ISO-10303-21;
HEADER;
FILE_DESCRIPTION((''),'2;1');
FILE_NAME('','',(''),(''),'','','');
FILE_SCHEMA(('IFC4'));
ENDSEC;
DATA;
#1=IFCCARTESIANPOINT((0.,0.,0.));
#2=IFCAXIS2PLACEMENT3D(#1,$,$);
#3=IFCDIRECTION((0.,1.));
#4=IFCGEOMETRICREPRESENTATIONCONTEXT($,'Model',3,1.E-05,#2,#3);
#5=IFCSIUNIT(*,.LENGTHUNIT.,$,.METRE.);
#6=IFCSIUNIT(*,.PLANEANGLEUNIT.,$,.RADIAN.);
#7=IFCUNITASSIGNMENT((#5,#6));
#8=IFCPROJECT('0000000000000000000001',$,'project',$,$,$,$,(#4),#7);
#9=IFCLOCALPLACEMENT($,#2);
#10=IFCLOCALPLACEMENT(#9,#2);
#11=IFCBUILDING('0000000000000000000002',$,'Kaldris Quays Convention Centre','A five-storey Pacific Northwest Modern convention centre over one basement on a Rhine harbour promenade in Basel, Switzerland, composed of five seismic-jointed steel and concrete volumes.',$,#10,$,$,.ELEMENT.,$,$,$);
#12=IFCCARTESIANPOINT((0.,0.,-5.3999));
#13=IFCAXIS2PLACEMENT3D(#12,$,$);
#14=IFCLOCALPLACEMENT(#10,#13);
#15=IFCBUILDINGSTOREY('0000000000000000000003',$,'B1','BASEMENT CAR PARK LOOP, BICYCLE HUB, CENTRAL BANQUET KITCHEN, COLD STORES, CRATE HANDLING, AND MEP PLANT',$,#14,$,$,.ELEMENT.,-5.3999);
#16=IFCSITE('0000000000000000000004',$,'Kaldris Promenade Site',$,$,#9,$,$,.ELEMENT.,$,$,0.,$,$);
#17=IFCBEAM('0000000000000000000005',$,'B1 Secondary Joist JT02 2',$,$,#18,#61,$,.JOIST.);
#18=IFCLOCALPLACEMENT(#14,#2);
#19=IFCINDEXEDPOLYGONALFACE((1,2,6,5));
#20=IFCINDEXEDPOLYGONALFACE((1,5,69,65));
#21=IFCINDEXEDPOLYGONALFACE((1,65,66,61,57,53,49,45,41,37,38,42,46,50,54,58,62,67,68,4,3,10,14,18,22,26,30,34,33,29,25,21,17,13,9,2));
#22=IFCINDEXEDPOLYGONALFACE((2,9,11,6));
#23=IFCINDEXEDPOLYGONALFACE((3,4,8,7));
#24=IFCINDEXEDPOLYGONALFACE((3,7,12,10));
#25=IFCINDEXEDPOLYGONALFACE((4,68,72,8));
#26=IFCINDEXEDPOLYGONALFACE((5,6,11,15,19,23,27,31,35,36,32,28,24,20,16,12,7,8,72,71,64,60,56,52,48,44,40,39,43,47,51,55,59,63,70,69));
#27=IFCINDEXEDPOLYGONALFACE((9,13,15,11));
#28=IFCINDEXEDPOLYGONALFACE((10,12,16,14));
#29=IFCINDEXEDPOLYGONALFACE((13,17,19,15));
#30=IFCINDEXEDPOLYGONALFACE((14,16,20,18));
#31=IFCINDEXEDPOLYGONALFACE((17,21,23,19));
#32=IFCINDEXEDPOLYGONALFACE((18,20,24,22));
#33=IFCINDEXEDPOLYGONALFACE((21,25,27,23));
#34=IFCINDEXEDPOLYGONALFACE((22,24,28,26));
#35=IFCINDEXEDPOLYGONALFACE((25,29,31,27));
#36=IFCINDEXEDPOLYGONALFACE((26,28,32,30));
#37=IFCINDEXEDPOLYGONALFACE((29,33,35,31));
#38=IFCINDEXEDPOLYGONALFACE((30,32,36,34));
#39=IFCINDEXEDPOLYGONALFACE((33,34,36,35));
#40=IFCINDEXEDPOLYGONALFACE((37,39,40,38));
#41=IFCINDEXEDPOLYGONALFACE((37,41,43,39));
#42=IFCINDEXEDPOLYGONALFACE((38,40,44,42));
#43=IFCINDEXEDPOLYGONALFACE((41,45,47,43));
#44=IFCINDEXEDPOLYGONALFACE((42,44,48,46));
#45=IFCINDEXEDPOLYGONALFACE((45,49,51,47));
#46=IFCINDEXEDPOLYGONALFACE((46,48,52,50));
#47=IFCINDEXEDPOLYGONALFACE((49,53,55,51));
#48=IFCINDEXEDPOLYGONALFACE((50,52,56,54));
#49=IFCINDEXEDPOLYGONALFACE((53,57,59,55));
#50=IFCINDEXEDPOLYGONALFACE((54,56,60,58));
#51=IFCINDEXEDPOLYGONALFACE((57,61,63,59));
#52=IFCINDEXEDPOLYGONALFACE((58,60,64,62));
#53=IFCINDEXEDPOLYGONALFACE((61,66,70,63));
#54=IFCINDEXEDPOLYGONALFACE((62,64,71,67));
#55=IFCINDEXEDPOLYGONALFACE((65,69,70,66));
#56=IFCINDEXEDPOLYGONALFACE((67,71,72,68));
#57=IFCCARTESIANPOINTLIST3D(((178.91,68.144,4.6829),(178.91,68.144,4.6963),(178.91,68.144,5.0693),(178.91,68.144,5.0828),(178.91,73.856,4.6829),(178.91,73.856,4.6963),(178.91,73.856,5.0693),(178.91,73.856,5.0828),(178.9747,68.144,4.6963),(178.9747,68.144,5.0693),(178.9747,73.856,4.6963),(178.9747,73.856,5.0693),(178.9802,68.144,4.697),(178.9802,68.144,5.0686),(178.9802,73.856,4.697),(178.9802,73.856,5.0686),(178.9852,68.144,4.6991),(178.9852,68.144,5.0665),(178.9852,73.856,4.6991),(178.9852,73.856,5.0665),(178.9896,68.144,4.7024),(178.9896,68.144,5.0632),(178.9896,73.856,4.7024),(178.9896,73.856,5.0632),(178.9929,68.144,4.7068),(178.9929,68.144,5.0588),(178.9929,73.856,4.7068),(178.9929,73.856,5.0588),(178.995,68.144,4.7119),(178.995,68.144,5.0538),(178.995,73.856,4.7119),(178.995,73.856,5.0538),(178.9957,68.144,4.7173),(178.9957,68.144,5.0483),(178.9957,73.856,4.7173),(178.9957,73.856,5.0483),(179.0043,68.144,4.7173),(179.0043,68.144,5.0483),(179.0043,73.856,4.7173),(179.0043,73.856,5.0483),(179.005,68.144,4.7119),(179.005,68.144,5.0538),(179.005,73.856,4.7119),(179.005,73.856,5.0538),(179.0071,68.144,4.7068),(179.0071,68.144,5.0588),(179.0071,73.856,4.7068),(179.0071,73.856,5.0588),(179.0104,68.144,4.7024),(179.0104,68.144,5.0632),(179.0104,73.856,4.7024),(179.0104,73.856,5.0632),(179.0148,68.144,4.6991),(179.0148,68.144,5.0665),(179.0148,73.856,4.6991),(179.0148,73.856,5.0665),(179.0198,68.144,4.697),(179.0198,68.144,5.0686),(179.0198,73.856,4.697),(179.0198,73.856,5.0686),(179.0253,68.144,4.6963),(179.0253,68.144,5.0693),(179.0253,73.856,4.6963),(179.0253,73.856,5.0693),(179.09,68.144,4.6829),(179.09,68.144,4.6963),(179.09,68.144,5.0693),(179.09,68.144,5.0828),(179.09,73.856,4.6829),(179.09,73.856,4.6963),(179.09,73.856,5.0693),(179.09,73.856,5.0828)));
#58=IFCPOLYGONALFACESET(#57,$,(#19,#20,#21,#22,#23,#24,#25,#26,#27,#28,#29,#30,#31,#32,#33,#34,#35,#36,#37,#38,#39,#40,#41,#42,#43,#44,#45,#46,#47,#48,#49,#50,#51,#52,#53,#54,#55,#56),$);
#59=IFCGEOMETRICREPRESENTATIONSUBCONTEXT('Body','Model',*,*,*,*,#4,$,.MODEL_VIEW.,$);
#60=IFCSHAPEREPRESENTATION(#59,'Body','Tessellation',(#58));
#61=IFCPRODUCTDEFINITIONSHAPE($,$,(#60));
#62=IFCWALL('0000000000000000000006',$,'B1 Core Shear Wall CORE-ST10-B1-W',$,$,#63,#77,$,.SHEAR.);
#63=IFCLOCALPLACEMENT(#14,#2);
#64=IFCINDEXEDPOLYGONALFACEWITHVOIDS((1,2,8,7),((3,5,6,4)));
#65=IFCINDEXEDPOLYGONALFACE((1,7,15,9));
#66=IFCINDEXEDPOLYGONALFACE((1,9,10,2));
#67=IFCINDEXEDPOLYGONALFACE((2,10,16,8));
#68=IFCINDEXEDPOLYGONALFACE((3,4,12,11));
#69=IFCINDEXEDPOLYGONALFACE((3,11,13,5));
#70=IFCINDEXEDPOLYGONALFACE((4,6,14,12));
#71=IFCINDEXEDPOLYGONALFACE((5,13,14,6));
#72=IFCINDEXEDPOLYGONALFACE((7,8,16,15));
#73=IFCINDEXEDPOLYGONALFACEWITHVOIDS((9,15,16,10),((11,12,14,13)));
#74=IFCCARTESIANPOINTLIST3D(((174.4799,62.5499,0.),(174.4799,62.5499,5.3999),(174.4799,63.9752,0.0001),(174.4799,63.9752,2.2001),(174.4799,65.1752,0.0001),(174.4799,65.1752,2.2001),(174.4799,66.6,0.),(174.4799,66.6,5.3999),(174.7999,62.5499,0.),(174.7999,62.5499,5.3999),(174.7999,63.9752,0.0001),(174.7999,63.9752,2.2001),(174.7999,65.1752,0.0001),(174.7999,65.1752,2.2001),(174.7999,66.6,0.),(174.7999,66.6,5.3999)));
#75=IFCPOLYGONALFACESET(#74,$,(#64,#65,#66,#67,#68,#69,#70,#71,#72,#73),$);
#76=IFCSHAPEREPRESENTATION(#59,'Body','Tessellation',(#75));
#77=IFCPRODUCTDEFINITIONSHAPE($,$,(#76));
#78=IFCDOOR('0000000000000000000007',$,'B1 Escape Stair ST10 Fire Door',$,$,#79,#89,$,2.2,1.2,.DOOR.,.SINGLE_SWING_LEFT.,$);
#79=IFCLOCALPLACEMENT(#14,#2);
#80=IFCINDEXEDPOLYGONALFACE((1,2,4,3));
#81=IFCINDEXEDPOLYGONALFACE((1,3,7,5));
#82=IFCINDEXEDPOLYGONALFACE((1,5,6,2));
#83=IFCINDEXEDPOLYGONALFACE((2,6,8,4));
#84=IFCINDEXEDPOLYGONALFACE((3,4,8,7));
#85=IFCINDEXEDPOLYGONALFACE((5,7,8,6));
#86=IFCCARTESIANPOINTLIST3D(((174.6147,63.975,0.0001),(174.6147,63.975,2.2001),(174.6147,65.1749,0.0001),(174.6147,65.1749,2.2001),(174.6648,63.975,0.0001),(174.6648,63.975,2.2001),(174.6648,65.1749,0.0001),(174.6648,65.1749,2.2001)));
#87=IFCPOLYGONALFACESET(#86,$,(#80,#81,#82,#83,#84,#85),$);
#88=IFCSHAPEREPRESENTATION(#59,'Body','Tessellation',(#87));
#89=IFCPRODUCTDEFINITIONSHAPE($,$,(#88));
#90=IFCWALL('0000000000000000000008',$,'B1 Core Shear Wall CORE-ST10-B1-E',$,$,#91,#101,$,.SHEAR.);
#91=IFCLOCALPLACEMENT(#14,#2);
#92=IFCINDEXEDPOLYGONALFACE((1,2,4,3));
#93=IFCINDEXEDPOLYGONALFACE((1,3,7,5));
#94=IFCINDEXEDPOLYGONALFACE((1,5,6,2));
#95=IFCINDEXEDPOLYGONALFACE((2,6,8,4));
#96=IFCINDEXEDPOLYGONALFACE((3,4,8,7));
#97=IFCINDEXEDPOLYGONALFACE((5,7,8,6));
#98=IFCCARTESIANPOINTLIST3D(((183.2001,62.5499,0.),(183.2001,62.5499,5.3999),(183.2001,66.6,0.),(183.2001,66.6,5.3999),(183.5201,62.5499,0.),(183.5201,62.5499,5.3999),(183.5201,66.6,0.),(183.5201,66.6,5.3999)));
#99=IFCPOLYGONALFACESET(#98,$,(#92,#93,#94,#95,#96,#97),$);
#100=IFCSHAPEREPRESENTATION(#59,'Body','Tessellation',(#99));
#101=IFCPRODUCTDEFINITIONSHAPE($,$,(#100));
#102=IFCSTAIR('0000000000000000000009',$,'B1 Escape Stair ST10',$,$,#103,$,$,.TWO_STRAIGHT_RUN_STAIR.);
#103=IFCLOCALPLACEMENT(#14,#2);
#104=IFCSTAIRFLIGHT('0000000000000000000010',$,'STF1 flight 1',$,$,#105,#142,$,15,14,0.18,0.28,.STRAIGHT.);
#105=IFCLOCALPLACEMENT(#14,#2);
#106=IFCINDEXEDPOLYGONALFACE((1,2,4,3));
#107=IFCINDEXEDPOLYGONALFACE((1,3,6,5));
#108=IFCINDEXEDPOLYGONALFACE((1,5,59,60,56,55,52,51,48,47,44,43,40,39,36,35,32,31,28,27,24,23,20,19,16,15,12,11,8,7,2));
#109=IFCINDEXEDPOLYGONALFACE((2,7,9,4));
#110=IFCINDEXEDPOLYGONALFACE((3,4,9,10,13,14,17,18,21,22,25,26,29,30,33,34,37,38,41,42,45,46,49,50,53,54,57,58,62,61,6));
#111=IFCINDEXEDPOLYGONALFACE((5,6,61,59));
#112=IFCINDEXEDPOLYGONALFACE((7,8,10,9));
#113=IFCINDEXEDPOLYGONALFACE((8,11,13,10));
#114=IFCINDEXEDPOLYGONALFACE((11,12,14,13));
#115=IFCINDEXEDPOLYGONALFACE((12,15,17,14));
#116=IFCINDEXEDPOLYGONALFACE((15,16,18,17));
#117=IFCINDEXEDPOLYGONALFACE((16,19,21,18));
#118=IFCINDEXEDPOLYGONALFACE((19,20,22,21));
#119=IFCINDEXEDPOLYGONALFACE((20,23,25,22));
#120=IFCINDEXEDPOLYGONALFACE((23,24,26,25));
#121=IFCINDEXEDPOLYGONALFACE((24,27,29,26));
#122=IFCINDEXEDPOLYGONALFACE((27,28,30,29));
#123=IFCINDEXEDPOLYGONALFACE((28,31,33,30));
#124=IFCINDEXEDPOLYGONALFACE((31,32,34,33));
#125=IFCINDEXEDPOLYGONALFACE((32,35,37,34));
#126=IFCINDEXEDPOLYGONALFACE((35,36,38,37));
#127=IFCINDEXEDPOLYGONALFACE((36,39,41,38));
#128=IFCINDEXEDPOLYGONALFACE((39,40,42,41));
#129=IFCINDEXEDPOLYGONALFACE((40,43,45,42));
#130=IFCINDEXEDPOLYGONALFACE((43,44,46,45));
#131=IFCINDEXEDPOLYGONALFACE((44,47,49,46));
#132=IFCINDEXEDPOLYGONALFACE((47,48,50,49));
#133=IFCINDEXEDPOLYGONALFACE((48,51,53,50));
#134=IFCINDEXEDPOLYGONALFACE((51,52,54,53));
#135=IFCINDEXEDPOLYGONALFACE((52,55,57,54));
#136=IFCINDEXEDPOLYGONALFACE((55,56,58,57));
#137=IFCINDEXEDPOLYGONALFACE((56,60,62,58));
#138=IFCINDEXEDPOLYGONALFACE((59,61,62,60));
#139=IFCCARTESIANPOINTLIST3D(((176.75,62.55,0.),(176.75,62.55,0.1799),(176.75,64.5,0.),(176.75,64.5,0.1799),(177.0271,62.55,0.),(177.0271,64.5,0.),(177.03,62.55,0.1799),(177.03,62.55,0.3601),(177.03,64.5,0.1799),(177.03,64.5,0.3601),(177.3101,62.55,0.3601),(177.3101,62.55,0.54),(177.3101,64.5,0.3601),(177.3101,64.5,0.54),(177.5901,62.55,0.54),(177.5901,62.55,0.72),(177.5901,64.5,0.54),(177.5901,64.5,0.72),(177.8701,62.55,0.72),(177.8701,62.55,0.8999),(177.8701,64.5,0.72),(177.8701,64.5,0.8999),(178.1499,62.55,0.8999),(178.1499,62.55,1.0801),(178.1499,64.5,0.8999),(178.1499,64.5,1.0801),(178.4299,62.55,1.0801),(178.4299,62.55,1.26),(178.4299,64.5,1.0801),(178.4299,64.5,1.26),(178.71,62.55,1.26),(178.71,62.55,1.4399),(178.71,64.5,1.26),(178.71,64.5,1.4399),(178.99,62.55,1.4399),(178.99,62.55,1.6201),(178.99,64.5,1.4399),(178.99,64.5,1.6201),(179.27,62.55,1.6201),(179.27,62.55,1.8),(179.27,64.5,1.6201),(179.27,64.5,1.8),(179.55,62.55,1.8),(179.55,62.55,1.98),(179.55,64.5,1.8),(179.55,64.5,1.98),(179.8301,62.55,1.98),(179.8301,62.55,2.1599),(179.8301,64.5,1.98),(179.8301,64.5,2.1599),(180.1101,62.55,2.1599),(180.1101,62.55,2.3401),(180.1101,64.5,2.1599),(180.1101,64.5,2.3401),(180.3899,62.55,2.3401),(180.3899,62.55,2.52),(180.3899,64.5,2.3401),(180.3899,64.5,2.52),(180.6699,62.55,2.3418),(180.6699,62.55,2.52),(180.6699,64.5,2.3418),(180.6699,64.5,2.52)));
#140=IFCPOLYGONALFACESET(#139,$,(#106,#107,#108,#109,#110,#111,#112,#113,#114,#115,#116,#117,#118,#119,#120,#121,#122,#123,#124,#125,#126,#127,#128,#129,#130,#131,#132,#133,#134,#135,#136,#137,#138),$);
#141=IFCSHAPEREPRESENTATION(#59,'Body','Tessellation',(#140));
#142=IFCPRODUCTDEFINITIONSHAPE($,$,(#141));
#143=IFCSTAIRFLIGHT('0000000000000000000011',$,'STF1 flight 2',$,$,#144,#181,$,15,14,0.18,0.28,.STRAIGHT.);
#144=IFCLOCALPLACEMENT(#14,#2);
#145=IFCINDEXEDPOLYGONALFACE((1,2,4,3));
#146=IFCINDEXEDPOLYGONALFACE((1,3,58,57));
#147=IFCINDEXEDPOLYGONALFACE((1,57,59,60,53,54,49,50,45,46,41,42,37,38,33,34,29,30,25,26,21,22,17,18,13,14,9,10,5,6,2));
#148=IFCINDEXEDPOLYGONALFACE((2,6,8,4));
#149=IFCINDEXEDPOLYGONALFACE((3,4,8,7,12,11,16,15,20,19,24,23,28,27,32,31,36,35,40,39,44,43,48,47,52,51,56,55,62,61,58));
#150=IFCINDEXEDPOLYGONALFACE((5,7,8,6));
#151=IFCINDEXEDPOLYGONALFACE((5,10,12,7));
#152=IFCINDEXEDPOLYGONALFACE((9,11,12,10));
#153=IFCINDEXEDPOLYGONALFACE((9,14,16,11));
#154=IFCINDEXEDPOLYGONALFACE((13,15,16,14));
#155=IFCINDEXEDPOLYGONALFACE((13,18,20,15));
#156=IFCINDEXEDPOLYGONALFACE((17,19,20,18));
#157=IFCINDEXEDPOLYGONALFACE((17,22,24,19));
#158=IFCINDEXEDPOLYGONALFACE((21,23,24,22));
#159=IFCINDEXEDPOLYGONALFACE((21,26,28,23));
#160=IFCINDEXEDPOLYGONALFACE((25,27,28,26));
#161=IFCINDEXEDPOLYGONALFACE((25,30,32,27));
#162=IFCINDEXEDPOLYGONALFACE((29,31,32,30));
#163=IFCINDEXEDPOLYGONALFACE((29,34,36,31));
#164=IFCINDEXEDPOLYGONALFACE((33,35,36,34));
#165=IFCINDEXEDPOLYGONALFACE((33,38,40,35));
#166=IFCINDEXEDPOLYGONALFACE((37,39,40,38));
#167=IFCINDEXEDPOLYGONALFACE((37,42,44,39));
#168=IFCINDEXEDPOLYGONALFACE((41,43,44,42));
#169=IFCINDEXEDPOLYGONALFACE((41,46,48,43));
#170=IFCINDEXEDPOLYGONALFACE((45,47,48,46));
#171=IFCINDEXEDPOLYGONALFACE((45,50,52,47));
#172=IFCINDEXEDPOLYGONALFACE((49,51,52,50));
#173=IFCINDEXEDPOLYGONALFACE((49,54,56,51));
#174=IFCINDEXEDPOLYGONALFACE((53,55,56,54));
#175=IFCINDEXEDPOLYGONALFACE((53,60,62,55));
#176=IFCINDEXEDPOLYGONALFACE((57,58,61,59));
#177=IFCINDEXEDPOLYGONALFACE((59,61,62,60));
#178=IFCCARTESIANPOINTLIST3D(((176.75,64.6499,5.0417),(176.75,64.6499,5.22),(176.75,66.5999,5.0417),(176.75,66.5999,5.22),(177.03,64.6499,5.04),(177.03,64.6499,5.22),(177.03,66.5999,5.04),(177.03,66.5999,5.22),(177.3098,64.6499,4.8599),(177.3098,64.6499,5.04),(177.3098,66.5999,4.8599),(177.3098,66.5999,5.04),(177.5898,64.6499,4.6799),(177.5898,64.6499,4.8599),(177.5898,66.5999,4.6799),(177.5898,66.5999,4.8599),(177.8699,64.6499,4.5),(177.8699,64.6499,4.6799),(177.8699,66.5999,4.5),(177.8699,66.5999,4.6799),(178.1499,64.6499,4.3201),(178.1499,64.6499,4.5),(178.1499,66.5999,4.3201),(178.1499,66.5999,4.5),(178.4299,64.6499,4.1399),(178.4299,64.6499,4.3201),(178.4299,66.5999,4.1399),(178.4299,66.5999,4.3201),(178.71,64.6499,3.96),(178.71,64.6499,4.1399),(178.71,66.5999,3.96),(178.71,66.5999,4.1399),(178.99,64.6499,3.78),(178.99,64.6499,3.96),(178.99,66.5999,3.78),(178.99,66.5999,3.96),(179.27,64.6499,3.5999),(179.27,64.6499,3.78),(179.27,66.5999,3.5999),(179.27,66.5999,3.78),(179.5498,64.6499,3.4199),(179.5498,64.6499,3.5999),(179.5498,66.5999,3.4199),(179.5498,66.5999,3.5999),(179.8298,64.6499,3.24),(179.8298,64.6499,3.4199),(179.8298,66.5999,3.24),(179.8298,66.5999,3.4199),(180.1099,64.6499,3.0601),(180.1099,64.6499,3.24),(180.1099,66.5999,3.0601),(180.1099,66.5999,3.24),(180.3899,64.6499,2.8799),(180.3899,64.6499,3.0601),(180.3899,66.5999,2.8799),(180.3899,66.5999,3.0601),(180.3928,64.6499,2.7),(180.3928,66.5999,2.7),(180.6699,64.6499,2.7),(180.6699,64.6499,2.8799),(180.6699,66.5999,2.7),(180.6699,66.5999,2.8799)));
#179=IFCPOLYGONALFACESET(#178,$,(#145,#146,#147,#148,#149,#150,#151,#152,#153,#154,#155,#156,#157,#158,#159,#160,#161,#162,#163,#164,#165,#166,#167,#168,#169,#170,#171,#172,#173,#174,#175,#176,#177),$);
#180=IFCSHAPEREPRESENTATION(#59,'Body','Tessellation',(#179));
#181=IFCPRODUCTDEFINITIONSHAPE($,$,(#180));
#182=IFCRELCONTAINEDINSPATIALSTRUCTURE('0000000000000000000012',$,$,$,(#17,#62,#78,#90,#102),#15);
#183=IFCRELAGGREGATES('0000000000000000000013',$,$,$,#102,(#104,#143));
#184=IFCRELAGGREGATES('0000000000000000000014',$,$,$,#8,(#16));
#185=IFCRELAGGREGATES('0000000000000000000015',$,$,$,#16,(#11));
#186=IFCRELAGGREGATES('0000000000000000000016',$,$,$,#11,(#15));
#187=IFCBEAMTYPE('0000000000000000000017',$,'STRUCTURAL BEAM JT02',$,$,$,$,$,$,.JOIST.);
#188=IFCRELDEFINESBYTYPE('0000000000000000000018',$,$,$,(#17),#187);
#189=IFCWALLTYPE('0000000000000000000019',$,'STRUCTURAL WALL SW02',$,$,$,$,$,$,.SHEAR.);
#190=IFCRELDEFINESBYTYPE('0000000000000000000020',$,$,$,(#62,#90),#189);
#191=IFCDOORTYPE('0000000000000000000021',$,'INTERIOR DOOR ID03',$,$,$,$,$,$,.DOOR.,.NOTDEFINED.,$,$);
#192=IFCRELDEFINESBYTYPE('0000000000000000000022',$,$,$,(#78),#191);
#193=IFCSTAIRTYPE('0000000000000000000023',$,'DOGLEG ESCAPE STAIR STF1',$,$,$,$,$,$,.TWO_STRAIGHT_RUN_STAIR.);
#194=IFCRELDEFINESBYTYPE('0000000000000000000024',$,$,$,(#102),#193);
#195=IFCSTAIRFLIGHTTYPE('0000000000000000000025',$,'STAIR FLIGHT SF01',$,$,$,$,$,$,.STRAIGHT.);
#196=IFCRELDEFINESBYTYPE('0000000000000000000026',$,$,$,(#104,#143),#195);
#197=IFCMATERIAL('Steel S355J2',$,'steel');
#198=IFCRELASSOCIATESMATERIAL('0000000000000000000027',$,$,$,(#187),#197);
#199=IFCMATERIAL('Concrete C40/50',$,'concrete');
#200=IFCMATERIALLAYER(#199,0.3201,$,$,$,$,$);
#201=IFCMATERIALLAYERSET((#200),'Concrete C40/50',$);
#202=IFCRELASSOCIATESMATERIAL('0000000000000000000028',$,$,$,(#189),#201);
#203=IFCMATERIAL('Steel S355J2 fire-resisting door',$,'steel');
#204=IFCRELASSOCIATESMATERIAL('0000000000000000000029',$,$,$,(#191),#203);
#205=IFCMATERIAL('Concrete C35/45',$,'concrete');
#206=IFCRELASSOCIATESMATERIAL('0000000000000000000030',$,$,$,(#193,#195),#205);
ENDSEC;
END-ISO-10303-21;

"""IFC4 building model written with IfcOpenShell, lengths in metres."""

from ifc_helpers import new_model, si_unit, direction, frame, frame_2d, origin, origin_2d, place, context, subcontext, project, spatial, polyline, rectangle, i_section, outline, extrude, material, layer, layer_set, material_profile, profile_set, type_object, element, fill, aggregate, save


model = new_model("IFC4")

# Units and contexts
model_context = context("Model", 3, precision=1e-05, world=origin(), true_north=direction((0.0, 1.0)))
body_context = subcontext(model_context, "Body", "Model", "MODEL_VIEW")
ifc_project = project(units=[si_unit("LENGTHUNIT", "METRE"), si_unit("PLANEANGLEUNIT", "RADIAN")], contexts=[model_context])

# Site, building, storey
site_placement = place(None, origin())
site = spatial("IfcSite", under=ifc_project, at=site_placement, Name="Kaldris Promenade Site", CompositionType="ELEMENT", RefElevation=0.0)
building_placement = place(site_placement, origin())
building = spatial("IfcBuilding", under=site, at=building_placement, Name="Kaldris Quays Convention Centre", Description="A five-storey Pacific Northwest Modern convention centre over one basement on a Rhine harbour promenade in Basel, Switzerland, composed of five seismic-jointed steel and concrete volumes.", CompositionType="ELEMENT")
storey_placement = place(building_placement, frame((0.0, 0.0, -5.3999)))
storey = spatial("IfcBuildingStorey", under=building, at=storey_placement, Name="B1", Description="BASEMENT CAR PARK LOOP, BICYCLE HUB, CENTRAL BANQUET KITCHEN, COLD STORES, CRATE HANDLING, AND MEP PLANT", CompositionType="ELEMENT", Elevation=-5.3999)

# Shared definitions
ifc_material_1 = material(Name="Concrete C35/45", Category="concrete")

# Shared definitions
ifc_material_2 = material(Name="Steel S355J2", Category="steel")

# Beam
ifc_material_profile_1 = material_profile(ifc_material_2, i_section(OverallWidth=0.1799, OverallDepth=0.3999, WebThickness=0.0085, FlangeThickness=0.0134, FilletRadius=0.021, at=origin_2d()), Name="IPE 400")
ifc_profile_set_1 = profile_set([ifc_material_profile_1], Name="Steel S355J2")
beam_type_1 = type_object("IfcBeamType", Name="STRUCTURAL BEAM JT02", PredefinedType="JOIST", material=ifc_profile_set_1)
beam_1_placement = place(storey_placement, frame((179.0, 68.144, 4.8828), z_axis=(0.0, 1.0, 0.0), x_axis=(-1.0, 0.0, 0.0)))
element("IfcBeam", 1, at=beam_1_placement, inside=storey, type_object=beam_type_1, Name="B1 Secondary Joist JT02 2", PredefinedType="JOIST", context=body_context, shape_type="SweptSolid", body=[
    extrude(i_section(OverallWidth=0.1799, OverallDepth=0.3999, WebThickness=0.0085, FlangeThickness=0.0134, FilletRadius=0.021, at=origin_2d()), origin(), (0.0, 0.0, 1.0), 5.7119),
])

# Wall, opening, door
ifc_material_3 = material(Name="Concrete C40/50", Category="concrete")
ifc_layer = layer(ifc_material_3, 0.3201)
ifc_layer_set = layer_set([ifc_layer], Name="Concrete C40/50")
wall_type = type_object("IfcWallType", Name="STRUCTURAL WALL SW02", PredefinedType="SHEAR", material=ifc_layer_set)
wall_1_placement = place(storey_placement, frame((174.6399, 62.55, 0.0), z_axis=(0.0, 0.0, 1.0), x_axis=(0.0, 1.0, 0.0)))
wall_1 = element("IfcWall", 2, at=wall_1_placement, inside=storey, type_object=wall_type, Name="B1 Core Shear Wall CORE-ST10-B1-W", PredefinedType="SHEAR", context=body_context, shape_type="SweptSolid", body=[
    extrude(rectangle(XDim=4.05, YDim=0.3201, at=frame_2d((2.0249, 0.0))), origin(), (0.0, 0.0, 1.0), 5.3999),
])
opening_placement = place(wall_1_placement, frame((1.425, 0.0, 0.0)))
opening = element("IfcOpeningElement", 3, at=opening_placement, cuts=wall_1, PredefinedType="OPENING", context=body_context, shape_type="SweptSolid", body=[
    extrude(rectangle(XDim=1.2, YDim=2.2, at=frame_2d((0.6001, 1.1001))), frame((0.0, 0.1699, 0.0), z_axis=(0.0, -1.0, 0.0), x_axis=(1.0, 0.0, 0.0)), (0.0, 0.0, 1.0), 0.3401),
])
ifc_material_4 = material(Name="Steel S355J2 fire-resisting door", Category="steel")
door_type = type_object("IfcDoorType", Name="INTERIOR DOOR ID03", OperationType="NOTDEFINED", PredefinedType="DOOR", material=ifc_material_4)
door_placement = place(opening_placement, frame((1.2, 0.0, 0.0), z_axis=(0.0, 0.0, 1.0), x_axis=(-1.0, 0.0, 0.0)))
door = element("IfcDoor", 4, at=door_placement, inside=storey, type_object=door_type, Name="B1 Escape Stair ST10 Fire Door", OperationType="SINGLE_SWING_LEFT", OverallHeight=2.2, OverallWidth=1.2, PredefinedType="DOOR", context=body_context, shape_type="SweptSolid", body=[
    extrude(rectangle(XDim=1.2, YDim=2.2, at=frame_2d((0.6001, 1.1001))), frame((0.0, 0.0249, 0.0), z_axis=(0.0, -1.0, 0.0), x_axis=(1.0, 0.0, 0.0)), (0.0, 0.0, 1.0), 0.05),
])
fill(opening, door)

# Wall
wall_2_placement = place(storey_placement, frame((183.3601, 62.55, 0.0), z_axis=(0.0, 0.0, 1.0), x_axis=(0.0, 1.0, 0.0)))
element("IfcWall", 5, at=wall_2_placement, inside=storey, type_object=wall_type, Name="B1 Core Shear Wall CORE-ST10-B1-E", PredefinedType="SHEAR", context=body_context, shape_type="SweptSolid", body=[
    extrude(rectangle(XDim=4.05, YDim=0.3201, at=frame_2d((2.0249, 0.0))), origin(), (0.0, 0.0, 1.0), 5.3999),
])

# Stair, stair flights
stair_type = type_object("IfcStairType", Name="DOGLEG ESCAPE STAIR STF1", PredefinedType="TWO_STRAIGHT_RUN_STAIR", material=ifc_material_1)
stair_placement = place(storey_placement, origin())
stair = element("IfcStair", 6, at=stair_placement, inside=storey, type_object=stair_type, Name="B1 Escape Stair ST10", PredefinedType="TWO_STRAIGHT_RUN_STAIR")
stair_flight_type = type_object("IfcStairFlightType", Name="STAIR FLIGHT SF01", PredefinedType="STRAIGHT", material=ifc_material_1)
stair_flight_1_placement = place(storey_placement, frame((176.75, 63.5249, 0.0), z_axis=(0.0, 0.0, 1.0), x_axis=(1.0, 0.0, 0.0)))
stair_flight_1 = element("IfcStairFlight", 7, at=stair_flight_1_placement, type_object=stair_flight_type, Name="STF1 flight 1", NumberOfRisers=15, NumberOfTreads=14, PredefinedType="STRAIGHT", RiserHeight=0.18, TreadLength=0.28, context=body_context, shape_type="SweptSolid", body=[
    extrude(outline(polyline([(0.0, 0.0), (0.0, 0.1799), (0.28, 0.1799), (0.28, 0.3601), (0.5601, 0.3601), (0.5601, 0.54), (0.8401, 0.54), (0.8401, 0.72), (1.1201, 0.72), (1.1201, 0.8999), (1.3999, 0.8999), (1.3999, 1.0801), (1.6799, 1.0801), (1.6799, 1.26), (1.96, 1.26), (1.96, 1.4399), (2.24, 1.4399), (2.24, 1.6201), (2.52, 1.6201), (2.52, 1.8), (2.8, 1.8), (2.8, 1.98), (3.0801, 1.98), (3.0801, 2.1599), (3.3601, 2.1599), (3.3601, 2.3401), (3.6399, 2.3401), (3.6399, 2.52), (3.9199, 2.52), (3.9199, 2.7), (3.9199, 2.3418), (0.2771, 0.0), (0.0, 0.0)])), frame((0.0, 0.9751, 0.0), z_axis=(0.0, -1.0, 0.0), x_axis=(1.0, 0.0, 0.0)), (0.0, 0.0, 1.0), 1.95),
])
stair_flight_2_placement = place(storey_placement, frame((180.6699, 65.625, 2.7), z_axis=(0.0, 0.0, 1.0), x_axis=(-1.0, 0.0, 0.0)))
stair_flight_2 = element("IfcStairFlight", 8, at=stair_flight_2_placement, type_object=stair_flight_type, Name="STF1 flight 2", NumberOfRisers=15, NumberOfTreads=14, PredefinedType="STRAIGHT", RiserHeight=0.18, TreadLength=0.28, context=body_context, shape_type="SweptSolid", body=[
    extrude(outline(polyline([(0.0, 0.0), (0.0, 0.1799), (0.28, 0.1799), (0.28, 0.3601), (0.5601, 0.3601), (0.5601, 0.54), (0.8401, 0.54), (0.8401, 0.72), (1.1201, 0.72), (1.1201, 0.8999), (1.3999, 0.8999), (1.3999, 1.0801), (1.6799, 1.0801), (1.6799, 1.26), (1.96, 1.26), (1.96, 1.4399), (2.24, 1.4399), (2.24, 1.6201), (2.52, 1.6201), (2.52, 1.8), (2.8, 1.8), (2.8, 1.98), (3.0801, 1.98), (3.0801, 2.1599), (3.3601, 2.1599), (3.3601, 2.3401), (3.6399, 2.3401), (3.6399, 2.52), (3.9199, 2.52), (3.9199, 2.7), (3.9199, 2.3418), (0.2771, 0.0), (0.0, 0.0)])), frame((0.0, 0.9751, 0.0), z_axis=(0.0, -1.0, 0.0), x_axis=(1.0, 0.0, 0.0)), (0.0, 0.0, 1.0), 1.95),
])
aggregate(stair, [stair_flight_1, stair_flight_2])

save(model, "model.ifc")
